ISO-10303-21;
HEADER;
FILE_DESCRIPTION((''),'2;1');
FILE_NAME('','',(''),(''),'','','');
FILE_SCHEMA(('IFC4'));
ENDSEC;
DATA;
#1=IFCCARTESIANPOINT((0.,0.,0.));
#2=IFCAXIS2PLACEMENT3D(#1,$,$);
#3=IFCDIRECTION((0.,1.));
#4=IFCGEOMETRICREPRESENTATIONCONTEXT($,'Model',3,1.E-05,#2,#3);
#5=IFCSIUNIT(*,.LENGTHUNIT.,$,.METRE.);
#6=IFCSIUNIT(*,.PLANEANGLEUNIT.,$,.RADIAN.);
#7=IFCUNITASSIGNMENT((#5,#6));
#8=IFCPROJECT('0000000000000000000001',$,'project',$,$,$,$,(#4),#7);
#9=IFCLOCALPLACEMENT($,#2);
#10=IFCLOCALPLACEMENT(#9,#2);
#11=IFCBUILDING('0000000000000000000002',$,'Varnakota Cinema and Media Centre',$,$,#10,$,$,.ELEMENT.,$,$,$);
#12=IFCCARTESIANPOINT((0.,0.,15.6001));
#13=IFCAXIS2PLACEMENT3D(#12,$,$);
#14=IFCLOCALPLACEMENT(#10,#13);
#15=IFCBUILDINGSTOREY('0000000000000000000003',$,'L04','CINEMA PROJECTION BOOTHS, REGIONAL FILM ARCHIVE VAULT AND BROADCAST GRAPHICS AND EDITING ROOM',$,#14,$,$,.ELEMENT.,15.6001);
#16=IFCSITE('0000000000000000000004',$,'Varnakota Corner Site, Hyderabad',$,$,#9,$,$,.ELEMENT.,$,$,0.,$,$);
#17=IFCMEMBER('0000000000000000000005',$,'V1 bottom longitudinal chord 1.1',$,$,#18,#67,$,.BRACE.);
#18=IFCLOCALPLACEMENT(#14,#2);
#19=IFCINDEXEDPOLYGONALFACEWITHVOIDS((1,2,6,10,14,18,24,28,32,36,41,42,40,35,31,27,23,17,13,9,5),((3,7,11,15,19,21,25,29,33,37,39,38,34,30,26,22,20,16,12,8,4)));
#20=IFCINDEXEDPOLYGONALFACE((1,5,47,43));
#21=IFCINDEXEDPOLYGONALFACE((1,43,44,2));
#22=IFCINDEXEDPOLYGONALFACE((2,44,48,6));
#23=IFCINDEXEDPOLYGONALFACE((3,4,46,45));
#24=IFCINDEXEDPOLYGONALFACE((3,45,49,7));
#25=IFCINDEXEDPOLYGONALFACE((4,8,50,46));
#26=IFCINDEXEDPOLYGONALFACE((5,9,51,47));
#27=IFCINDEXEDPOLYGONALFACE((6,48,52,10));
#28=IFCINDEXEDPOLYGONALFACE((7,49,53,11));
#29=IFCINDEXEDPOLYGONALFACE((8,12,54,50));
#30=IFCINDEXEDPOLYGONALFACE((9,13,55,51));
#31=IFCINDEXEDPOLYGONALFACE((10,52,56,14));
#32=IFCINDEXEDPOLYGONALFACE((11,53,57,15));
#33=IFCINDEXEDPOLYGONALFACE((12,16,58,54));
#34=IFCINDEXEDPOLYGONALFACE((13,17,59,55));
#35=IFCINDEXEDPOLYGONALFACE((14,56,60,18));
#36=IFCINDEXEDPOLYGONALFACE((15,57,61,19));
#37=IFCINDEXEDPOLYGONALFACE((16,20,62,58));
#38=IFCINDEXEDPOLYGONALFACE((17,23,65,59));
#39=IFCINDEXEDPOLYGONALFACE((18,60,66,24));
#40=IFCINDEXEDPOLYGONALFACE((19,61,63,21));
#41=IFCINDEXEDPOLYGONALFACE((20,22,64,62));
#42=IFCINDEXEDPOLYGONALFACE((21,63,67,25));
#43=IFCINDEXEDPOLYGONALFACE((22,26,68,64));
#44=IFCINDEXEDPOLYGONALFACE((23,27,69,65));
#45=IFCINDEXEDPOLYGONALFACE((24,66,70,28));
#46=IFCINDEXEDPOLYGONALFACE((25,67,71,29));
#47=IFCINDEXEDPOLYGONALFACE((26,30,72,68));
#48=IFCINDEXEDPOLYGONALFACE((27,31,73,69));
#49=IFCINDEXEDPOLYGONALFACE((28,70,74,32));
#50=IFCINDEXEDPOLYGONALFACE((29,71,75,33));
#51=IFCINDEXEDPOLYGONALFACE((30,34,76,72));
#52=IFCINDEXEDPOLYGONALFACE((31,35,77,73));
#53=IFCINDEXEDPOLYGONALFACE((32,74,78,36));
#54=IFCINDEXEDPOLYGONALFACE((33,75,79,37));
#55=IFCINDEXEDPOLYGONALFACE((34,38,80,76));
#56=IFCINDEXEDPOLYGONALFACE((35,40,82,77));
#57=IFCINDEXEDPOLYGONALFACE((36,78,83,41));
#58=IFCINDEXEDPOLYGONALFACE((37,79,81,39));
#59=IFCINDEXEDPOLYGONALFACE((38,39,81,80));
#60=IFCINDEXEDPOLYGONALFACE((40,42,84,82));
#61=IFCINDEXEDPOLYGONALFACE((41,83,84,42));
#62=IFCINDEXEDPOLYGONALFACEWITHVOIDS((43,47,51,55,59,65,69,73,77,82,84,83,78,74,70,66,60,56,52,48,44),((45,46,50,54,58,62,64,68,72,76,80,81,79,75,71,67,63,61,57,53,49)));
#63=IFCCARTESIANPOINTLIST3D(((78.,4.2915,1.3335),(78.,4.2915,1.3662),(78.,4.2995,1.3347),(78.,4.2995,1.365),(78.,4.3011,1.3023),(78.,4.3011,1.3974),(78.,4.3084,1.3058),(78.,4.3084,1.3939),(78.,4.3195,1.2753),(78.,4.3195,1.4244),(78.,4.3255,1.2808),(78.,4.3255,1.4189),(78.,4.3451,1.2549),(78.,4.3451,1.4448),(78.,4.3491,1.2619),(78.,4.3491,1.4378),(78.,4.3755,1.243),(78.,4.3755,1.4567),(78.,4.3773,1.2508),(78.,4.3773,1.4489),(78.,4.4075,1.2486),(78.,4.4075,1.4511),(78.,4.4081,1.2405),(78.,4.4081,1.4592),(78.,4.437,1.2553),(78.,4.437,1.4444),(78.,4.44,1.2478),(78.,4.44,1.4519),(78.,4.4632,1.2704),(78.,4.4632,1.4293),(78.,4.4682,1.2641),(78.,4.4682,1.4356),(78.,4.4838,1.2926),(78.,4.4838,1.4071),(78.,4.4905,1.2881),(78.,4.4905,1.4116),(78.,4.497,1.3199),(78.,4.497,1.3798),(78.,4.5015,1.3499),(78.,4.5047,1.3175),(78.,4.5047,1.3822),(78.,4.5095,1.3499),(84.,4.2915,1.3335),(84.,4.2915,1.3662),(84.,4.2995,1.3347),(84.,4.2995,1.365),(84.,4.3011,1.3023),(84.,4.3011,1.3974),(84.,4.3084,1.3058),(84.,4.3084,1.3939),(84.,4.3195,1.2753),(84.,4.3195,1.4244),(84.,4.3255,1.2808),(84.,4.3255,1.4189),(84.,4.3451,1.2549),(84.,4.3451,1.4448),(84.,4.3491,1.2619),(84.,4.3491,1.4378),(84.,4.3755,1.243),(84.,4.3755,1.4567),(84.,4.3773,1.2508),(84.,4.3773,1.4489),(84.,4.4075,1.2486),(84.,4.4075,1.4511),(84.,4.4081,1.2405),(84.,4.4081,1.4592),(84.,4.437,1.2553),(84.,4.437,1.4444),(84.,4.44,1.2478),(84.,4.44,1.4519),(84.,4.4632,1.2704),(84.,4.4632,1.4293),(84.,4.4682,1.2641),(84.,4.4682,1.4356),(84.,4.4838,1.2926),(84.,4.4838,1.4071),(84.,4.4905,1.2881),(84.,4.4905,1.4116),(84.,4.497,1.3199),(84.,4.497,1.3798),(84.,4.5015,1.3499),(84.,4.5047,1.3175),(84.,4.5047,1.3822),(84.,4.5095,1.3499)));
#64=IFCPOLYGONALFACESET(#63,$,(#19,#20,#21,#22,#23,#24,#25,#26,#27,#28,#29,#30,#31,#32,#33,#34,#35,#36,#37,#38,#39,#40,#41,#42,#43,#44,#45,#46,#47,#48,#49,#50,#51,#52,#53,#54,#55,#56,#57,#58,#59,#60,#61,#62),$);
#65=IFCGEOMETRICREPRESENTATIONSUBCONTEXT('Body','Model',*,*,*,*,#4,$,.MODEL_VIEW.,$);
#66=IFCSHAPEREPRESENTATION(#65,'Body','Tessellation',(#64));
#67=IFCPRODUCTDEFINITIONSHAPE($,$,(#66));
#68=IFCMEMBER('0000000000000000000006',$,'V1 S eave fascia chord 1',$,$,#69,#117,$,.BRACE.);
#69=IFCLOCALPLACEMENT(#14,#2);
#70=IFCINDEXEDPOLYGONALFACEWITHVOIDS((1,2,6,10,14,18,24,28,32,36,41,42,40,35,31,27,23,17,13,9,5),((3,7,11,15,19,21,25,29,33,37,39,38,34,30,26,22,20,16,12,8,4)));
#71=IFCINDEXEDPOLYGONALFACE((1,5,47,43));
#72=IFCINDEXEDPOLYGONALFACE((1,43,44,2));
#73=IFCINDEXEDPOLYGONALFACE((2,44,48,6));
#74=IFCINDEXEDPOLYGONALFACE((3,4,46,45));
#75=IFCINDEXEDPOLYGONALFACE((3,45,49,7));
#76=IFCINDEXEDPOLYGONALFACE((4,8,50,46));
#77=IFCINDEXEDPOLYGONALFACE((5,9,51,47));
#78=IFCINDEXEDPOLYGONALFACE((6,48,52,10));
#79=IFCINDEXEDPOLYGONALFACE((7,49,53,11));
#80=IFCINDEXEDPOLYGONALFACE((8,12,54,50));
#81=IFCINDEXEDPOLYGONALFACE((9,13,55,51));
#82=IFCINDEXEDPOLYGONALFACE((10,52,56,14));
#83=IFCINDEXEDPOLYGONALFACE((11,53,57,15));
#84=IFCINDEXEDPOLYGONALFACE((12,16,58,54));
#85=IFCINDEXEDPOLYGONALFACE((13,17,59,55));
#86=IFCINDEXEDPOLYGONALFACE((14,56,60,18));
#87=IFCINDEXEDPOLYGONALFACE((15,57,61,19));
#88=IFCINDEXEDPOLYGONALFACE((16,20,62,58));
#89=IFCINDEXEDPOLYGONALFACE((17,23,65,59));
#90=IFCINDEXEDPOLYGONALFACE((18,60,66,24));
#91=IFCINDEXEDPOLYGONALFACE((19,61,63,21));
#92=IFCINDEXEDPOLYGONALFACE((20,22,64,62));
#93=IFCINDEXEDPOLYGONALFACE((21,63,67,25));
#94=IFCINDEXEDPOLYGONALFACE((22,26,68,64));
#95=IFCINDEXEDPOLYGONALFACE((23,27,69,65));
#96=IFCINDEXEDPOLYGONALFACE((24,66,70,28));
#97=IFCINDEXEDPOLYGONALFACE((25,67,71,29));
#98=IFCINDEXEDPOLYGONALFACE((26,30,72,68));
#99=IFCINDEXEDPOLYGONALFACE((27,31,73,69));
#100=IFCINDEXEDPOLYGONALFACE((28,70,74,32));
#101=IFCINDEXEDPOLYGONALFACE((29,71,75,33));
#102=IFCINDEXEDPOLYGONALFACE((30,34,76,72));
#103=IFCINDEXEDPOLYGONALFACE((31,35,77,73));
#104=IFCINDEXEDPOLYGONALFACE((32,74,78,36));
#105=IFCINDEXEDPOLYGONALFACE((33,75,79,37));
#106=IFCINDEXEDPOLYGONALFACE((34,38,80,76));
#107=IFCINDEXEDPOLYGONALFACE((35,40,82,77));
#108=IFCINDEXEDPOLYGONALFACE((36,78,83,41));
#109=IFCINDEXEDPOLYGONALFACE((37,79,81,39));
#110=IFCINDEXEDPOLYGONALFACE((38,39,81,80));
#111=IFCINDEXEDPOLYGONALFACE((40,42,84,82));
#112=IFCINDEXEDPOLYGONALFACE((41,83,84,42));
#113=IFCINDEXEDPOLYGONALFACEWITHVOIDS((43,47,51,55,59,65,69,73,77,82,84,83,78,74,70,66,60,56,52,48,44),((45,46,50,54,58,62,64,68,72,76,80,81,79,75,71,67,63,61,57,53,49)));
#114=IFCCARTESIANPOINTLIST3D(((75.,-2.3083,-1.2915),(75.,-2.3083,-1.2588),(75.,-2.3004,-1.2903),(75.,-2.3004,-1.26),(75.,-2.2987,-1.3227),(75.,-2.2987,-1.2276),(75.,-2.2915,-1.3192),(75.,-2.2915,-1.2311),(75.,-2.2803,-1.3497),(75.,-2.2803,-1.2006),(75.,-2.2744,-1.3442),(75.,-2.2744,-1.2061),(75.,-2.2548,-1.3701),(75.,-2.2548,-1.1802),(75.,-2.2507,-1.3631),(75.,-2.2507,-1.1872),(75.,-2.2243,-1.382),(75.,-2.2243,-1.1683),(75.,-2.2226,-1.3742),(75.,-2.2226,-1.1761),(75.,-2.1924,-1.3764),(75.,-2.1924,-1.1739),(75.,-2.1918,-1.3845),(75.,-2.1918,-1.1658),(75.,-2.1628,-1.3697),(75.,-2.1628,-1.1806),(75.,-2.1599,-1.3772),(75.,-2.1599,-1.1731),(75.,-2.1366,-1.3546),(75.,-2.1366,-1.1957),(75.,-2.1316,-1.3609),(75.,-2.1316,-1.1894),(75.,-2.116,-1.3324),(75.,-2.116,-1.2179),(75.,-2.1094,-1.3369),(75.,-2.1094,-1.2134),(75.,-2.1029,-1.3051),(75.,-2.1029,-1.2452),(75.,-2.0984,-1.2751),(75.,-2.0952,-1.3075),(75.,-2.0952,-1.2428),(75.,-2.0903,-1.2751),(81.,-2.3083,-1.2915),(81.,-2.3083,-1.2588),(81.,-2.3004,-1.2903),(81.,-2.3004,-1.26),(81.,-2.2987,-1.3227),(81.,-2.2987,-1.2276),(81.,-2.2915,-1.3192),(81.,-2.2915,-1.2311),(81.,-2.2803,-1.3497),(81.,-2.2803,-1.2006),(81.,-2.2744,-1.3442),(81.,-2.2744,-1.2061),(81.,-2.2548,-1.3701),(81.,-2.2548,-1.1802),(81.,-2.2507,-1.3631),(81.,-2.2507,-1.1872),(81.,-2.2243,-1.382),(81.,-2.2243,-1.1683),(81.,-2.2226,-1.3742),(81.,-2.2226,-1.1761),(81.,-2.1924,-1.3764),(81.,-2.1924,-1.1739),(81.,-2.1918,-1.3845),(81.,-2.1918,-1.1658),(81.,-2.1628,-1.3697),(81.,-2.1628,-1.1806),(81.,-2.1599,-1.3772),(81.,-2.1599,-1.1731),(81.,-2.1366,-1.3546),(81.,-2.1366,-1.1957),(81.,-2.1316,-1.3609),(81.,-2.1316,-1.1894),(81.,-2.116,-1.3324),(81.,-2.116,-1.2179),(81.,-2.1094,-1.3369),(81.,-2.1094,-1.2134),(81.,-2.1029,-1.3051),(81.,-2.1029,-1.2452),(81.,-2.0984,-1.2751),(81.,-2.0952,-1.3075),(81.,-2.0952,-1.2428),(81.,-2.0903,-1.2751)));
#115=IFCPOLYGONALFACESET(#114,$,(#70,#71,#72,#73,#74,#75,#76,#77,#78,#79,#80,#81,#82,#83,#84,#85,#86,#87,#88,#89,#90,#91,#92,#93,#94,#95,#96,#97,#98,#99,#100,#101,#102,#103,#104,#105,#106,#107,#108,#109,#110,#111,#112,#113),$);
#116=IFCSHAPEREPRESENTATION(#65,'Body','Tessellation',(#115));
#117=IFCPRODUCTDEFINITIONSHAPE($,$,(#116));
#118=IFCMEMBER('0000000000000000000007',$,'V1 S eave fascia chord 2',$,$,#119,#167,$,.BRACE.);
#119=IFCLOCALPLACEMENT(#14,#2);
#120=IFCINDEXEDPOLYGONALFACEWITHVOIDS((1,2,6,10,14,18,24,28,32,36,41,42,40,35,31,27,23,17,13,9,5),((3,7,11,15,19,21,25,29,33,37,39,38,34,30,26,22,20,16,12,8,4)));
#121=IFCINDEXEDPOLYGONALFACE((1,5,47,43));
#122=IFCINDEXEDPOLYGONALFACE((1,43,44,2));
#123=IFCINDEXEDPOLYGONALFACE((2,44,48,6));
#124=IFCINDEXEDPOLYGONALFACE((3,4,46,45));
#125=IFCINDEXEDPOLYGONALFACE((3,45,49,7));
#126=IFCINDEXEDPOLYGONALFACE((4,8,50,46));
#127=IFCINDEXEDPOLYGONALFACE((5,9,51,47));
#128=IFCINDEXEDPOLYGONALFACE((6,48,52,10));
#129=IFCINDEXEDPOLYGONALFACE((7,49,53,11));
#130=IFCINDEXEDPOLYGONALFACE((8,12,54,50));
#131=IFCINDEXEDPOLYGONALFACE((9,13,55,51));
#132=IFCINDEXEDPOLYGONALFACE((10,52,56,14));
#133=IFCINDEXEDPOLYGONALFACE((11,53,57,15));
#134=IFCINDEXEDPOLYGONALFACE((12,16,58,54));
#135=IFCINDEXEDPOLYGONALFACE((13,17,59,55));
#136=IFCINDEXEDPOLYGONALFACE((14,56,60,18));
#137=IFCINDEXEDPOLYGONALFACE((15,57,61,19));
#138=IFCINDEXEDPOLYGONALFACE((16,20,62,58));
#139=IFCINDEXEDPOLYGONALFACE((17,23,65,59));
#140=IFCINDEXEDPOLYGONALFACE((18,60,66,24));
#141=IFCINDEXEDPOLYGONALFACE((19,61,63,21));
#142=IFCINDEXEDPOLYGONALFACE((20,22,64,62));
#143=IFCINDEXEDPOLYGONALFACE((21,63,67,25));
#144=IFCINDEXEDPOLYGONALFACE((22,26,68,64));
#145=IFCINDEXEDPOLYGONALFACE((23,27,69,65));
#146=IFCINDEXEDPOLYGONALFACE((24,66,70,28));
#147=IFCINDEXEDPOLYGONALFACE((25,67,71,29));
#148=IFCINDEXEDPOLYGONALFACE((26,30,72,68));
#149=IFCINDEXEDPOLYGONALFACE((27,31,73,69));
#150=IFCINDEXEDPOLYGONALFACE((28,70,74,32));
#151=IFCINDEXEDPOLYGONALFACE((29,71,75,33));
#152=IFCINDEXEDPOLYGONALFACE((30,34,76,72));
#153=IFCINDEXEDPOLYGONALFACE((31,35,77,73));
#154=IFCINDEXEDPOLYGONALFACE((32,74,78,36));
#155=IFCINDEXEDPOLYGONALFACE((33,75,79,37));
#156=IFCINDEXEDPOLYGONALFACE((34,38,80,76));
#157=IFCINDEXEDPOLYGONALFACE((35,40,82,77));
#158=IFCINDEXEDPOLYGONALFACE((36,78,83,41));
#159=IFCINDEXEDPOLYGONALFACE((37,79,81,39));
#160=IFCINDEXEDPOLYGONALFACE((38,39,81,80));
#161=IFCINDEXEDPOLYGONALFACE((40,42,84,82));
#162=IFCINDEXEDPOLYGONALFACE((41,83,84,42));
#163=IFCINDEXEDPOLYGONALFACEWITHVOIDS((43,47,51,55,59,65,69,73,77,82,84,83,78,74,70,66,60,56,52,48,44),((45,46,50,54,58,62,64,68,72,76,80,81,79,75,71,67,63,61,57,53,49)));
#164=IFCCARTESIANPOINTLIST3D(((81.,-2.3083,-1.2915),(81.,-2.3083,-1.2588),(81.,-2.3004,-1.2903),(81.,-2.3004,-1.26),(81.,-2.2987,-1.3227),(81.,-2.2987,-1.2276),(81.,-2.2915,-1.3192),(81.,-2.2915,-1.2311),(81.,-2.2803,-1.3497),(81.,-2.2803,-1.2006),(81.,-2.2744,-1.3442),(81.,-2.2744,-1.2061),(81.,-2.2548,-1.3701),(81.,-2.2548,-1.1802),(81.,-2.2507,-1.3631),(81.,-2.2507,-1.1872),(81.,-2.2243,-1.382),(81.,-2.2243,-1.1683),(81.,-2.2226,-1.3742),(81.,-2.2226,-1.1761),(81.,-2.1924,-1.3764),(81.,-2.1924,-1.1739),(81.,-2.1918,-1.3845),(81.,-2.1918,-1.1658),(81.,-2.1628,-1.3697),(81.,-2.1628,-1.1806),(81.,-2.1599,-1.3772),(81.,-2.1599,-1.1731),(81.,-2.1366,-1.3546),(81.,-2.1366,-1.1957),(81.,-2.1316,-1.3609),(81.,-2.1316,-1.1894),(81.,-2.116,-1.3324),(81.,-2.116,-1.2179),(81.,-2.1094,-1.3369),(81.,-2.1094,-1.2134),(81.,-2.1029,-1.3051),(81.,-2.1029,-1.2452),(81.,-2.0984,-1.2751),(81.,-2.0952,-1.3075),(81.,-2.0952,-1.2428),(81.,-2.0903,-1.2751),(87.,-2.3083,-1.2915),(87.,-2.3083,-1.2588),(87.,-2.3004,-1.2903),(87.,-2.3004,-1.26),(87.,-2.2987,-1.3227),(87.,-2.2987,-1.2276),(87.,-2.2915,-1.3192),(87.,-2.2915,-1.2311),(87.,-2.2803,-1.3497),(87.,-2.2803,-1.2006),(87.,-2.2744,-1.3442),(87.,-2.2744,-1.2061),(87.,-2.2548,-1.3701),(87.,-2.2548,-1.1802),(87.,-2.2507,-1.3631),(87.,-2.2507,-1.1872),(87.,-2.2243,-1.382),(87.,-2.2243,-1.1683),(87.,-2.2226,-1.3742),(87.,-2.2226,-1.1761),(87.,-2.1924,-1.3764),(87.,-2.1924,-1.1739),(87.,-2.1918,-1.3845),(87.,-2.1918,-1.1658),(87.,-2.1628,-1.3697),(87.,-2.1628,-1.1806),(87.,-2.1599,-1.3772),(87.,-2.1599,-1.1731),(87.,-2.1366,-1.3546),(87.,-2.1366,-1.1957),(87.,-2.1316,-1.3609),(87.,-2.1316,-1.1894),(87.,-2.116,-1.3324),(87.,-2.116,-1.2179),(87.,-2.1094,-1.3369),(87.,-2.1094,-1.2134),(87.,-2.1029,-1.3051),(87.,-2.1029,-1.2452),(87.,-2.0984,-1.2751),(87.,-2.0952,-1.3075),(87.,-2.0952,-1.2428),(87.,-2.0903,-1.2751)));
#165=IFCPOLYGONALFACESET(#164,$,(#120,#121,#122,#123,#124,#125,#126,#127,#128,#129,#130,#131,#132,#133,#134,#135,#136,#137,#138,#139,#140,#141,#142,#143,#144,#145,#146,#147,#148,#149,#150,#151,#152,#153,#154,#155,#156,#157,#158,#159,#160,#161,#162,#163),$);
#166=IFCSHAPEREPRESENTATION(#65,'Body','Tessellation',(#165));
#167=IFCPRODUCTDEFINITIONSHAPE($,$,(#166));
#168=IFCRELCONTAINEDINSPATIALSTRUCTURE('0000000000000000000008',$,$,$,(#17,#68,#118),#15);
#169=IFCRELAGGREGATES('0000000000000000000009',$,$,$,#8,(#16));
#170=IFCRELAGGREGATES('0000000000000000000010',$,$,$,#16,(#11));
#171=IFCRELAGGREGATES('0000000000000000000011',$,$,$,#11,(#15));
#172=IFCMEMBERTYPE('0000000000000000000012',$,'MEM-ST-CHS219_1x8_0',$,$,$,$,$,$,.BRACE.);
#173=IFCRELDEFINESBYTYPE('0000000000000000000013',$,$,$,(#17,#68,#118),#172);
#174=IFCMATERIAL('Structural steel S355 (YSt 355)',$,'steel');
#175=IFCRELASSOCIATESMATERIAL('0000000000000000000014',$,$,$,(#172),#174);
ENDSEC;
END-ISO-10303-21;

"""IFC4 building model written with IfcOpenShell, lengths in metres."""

from ifc_helpers import new_model, si_unit, direction, frame, origin, origin_2d, place, context, subcontext, project, spatial, hollow_circle, extrude, material, material_profile, profile_set, type_object, element, save


model = new_model("IFC4")

# Units and contexts
model_context = context("Model", 3, precision=1e-05, world=origin(), true_north=direction((0.0, 1.0)))
body_context = subcontext(model_context, "Body", "Model", "MODEL_VIEW")
ifc_project = project(units=[si_unit("LENGTHUNIT", "METRE"), si_unit("PLANEANGLEUNIT", "RADIAN")], contexts=[model_context])

# Site, building, storey
site_placement = place(None, origin())
site = spatial("IfcSite", under=ifc_project, at=site_placement, Name="Varnakota Corner Site, Hyderabad", CompositionType="ELEMENT", RefElevation=0.0)
building_placement = place(site_placement, origin())
building = spatial("IfcBuilding", under=site, at=building_placement, Name="Varnakota Cinema and Media Centre", CompositionType="ELEMENT")
storey_placement = place(building_placement, frame((0.0, 0.0, 15.6001)))
storey = spatial("IfcBuildingStorey", under=building, at=storey_placement, Name="L04", Description="CINEMA PROJECTION BOOTHS, REGIONAL FILM ARCHIVE VAULT AND BROADCAST GRAPHICS AND EDITING ROOM", CompositionType="ELEMENT", Elevation=15.6001)

# Members
ifc_material_1 = material(Name="Structural steel S355 (YSt 355)", Category="steel")
ifc_material_profile_1 = material_profile(ifc_material_1, hollow_circle(Radius=0.1096, WallThickness=0.0081, at=origin_2d()), Name="CHS 219.1x8.0")
ifc_profile_set_1 = profile_set([ifc_material_profile_1], Name="Structural steel S355 (YSt 355)")
member_type_1 = type_object("IfcMemberType", Name="MEM-ST-CHS219_1x8_0", PredefinedType="BRACE", material=ifc_profile_set_1)
for number, where, z_axis, x_axis, name in (
    (1, (78.0, 4.3999, 1.3499), (1.0, 0.0, 0.0), (0.0, 1.0, 0.0), "V1 bottom longitudinal chord 1.1"),
    (2, (75.0, -2.2, -1.2751), (1.0, 0.0, 0.0), (0.0, 1.0, 0.0), "V1 S eave fascia chord 1"),
    (3, (81.0, -2.2, -1.2751), (1.0, 0.0, 0.0), (0.0, 1.0, 0.0), "V1 S eave fascia chord 2"),
):
    element("IfcMember", number, at=place(storey_placement, frame(where, z_axis=z_axis, x_axis=x_axis)), inside=storey, type_object=member_type_1, Name=name, PredefinedType="BRACE", context=body_context, shape_type="SweptSolid", body=[
        extrude(hollow_circle(Radius=0.1096, WallThickness=0.0081, at=origin_2d()), origin(), (0.0, 0.0, 1.0), 6.0),
    ])

save(model, "model.ifc")
